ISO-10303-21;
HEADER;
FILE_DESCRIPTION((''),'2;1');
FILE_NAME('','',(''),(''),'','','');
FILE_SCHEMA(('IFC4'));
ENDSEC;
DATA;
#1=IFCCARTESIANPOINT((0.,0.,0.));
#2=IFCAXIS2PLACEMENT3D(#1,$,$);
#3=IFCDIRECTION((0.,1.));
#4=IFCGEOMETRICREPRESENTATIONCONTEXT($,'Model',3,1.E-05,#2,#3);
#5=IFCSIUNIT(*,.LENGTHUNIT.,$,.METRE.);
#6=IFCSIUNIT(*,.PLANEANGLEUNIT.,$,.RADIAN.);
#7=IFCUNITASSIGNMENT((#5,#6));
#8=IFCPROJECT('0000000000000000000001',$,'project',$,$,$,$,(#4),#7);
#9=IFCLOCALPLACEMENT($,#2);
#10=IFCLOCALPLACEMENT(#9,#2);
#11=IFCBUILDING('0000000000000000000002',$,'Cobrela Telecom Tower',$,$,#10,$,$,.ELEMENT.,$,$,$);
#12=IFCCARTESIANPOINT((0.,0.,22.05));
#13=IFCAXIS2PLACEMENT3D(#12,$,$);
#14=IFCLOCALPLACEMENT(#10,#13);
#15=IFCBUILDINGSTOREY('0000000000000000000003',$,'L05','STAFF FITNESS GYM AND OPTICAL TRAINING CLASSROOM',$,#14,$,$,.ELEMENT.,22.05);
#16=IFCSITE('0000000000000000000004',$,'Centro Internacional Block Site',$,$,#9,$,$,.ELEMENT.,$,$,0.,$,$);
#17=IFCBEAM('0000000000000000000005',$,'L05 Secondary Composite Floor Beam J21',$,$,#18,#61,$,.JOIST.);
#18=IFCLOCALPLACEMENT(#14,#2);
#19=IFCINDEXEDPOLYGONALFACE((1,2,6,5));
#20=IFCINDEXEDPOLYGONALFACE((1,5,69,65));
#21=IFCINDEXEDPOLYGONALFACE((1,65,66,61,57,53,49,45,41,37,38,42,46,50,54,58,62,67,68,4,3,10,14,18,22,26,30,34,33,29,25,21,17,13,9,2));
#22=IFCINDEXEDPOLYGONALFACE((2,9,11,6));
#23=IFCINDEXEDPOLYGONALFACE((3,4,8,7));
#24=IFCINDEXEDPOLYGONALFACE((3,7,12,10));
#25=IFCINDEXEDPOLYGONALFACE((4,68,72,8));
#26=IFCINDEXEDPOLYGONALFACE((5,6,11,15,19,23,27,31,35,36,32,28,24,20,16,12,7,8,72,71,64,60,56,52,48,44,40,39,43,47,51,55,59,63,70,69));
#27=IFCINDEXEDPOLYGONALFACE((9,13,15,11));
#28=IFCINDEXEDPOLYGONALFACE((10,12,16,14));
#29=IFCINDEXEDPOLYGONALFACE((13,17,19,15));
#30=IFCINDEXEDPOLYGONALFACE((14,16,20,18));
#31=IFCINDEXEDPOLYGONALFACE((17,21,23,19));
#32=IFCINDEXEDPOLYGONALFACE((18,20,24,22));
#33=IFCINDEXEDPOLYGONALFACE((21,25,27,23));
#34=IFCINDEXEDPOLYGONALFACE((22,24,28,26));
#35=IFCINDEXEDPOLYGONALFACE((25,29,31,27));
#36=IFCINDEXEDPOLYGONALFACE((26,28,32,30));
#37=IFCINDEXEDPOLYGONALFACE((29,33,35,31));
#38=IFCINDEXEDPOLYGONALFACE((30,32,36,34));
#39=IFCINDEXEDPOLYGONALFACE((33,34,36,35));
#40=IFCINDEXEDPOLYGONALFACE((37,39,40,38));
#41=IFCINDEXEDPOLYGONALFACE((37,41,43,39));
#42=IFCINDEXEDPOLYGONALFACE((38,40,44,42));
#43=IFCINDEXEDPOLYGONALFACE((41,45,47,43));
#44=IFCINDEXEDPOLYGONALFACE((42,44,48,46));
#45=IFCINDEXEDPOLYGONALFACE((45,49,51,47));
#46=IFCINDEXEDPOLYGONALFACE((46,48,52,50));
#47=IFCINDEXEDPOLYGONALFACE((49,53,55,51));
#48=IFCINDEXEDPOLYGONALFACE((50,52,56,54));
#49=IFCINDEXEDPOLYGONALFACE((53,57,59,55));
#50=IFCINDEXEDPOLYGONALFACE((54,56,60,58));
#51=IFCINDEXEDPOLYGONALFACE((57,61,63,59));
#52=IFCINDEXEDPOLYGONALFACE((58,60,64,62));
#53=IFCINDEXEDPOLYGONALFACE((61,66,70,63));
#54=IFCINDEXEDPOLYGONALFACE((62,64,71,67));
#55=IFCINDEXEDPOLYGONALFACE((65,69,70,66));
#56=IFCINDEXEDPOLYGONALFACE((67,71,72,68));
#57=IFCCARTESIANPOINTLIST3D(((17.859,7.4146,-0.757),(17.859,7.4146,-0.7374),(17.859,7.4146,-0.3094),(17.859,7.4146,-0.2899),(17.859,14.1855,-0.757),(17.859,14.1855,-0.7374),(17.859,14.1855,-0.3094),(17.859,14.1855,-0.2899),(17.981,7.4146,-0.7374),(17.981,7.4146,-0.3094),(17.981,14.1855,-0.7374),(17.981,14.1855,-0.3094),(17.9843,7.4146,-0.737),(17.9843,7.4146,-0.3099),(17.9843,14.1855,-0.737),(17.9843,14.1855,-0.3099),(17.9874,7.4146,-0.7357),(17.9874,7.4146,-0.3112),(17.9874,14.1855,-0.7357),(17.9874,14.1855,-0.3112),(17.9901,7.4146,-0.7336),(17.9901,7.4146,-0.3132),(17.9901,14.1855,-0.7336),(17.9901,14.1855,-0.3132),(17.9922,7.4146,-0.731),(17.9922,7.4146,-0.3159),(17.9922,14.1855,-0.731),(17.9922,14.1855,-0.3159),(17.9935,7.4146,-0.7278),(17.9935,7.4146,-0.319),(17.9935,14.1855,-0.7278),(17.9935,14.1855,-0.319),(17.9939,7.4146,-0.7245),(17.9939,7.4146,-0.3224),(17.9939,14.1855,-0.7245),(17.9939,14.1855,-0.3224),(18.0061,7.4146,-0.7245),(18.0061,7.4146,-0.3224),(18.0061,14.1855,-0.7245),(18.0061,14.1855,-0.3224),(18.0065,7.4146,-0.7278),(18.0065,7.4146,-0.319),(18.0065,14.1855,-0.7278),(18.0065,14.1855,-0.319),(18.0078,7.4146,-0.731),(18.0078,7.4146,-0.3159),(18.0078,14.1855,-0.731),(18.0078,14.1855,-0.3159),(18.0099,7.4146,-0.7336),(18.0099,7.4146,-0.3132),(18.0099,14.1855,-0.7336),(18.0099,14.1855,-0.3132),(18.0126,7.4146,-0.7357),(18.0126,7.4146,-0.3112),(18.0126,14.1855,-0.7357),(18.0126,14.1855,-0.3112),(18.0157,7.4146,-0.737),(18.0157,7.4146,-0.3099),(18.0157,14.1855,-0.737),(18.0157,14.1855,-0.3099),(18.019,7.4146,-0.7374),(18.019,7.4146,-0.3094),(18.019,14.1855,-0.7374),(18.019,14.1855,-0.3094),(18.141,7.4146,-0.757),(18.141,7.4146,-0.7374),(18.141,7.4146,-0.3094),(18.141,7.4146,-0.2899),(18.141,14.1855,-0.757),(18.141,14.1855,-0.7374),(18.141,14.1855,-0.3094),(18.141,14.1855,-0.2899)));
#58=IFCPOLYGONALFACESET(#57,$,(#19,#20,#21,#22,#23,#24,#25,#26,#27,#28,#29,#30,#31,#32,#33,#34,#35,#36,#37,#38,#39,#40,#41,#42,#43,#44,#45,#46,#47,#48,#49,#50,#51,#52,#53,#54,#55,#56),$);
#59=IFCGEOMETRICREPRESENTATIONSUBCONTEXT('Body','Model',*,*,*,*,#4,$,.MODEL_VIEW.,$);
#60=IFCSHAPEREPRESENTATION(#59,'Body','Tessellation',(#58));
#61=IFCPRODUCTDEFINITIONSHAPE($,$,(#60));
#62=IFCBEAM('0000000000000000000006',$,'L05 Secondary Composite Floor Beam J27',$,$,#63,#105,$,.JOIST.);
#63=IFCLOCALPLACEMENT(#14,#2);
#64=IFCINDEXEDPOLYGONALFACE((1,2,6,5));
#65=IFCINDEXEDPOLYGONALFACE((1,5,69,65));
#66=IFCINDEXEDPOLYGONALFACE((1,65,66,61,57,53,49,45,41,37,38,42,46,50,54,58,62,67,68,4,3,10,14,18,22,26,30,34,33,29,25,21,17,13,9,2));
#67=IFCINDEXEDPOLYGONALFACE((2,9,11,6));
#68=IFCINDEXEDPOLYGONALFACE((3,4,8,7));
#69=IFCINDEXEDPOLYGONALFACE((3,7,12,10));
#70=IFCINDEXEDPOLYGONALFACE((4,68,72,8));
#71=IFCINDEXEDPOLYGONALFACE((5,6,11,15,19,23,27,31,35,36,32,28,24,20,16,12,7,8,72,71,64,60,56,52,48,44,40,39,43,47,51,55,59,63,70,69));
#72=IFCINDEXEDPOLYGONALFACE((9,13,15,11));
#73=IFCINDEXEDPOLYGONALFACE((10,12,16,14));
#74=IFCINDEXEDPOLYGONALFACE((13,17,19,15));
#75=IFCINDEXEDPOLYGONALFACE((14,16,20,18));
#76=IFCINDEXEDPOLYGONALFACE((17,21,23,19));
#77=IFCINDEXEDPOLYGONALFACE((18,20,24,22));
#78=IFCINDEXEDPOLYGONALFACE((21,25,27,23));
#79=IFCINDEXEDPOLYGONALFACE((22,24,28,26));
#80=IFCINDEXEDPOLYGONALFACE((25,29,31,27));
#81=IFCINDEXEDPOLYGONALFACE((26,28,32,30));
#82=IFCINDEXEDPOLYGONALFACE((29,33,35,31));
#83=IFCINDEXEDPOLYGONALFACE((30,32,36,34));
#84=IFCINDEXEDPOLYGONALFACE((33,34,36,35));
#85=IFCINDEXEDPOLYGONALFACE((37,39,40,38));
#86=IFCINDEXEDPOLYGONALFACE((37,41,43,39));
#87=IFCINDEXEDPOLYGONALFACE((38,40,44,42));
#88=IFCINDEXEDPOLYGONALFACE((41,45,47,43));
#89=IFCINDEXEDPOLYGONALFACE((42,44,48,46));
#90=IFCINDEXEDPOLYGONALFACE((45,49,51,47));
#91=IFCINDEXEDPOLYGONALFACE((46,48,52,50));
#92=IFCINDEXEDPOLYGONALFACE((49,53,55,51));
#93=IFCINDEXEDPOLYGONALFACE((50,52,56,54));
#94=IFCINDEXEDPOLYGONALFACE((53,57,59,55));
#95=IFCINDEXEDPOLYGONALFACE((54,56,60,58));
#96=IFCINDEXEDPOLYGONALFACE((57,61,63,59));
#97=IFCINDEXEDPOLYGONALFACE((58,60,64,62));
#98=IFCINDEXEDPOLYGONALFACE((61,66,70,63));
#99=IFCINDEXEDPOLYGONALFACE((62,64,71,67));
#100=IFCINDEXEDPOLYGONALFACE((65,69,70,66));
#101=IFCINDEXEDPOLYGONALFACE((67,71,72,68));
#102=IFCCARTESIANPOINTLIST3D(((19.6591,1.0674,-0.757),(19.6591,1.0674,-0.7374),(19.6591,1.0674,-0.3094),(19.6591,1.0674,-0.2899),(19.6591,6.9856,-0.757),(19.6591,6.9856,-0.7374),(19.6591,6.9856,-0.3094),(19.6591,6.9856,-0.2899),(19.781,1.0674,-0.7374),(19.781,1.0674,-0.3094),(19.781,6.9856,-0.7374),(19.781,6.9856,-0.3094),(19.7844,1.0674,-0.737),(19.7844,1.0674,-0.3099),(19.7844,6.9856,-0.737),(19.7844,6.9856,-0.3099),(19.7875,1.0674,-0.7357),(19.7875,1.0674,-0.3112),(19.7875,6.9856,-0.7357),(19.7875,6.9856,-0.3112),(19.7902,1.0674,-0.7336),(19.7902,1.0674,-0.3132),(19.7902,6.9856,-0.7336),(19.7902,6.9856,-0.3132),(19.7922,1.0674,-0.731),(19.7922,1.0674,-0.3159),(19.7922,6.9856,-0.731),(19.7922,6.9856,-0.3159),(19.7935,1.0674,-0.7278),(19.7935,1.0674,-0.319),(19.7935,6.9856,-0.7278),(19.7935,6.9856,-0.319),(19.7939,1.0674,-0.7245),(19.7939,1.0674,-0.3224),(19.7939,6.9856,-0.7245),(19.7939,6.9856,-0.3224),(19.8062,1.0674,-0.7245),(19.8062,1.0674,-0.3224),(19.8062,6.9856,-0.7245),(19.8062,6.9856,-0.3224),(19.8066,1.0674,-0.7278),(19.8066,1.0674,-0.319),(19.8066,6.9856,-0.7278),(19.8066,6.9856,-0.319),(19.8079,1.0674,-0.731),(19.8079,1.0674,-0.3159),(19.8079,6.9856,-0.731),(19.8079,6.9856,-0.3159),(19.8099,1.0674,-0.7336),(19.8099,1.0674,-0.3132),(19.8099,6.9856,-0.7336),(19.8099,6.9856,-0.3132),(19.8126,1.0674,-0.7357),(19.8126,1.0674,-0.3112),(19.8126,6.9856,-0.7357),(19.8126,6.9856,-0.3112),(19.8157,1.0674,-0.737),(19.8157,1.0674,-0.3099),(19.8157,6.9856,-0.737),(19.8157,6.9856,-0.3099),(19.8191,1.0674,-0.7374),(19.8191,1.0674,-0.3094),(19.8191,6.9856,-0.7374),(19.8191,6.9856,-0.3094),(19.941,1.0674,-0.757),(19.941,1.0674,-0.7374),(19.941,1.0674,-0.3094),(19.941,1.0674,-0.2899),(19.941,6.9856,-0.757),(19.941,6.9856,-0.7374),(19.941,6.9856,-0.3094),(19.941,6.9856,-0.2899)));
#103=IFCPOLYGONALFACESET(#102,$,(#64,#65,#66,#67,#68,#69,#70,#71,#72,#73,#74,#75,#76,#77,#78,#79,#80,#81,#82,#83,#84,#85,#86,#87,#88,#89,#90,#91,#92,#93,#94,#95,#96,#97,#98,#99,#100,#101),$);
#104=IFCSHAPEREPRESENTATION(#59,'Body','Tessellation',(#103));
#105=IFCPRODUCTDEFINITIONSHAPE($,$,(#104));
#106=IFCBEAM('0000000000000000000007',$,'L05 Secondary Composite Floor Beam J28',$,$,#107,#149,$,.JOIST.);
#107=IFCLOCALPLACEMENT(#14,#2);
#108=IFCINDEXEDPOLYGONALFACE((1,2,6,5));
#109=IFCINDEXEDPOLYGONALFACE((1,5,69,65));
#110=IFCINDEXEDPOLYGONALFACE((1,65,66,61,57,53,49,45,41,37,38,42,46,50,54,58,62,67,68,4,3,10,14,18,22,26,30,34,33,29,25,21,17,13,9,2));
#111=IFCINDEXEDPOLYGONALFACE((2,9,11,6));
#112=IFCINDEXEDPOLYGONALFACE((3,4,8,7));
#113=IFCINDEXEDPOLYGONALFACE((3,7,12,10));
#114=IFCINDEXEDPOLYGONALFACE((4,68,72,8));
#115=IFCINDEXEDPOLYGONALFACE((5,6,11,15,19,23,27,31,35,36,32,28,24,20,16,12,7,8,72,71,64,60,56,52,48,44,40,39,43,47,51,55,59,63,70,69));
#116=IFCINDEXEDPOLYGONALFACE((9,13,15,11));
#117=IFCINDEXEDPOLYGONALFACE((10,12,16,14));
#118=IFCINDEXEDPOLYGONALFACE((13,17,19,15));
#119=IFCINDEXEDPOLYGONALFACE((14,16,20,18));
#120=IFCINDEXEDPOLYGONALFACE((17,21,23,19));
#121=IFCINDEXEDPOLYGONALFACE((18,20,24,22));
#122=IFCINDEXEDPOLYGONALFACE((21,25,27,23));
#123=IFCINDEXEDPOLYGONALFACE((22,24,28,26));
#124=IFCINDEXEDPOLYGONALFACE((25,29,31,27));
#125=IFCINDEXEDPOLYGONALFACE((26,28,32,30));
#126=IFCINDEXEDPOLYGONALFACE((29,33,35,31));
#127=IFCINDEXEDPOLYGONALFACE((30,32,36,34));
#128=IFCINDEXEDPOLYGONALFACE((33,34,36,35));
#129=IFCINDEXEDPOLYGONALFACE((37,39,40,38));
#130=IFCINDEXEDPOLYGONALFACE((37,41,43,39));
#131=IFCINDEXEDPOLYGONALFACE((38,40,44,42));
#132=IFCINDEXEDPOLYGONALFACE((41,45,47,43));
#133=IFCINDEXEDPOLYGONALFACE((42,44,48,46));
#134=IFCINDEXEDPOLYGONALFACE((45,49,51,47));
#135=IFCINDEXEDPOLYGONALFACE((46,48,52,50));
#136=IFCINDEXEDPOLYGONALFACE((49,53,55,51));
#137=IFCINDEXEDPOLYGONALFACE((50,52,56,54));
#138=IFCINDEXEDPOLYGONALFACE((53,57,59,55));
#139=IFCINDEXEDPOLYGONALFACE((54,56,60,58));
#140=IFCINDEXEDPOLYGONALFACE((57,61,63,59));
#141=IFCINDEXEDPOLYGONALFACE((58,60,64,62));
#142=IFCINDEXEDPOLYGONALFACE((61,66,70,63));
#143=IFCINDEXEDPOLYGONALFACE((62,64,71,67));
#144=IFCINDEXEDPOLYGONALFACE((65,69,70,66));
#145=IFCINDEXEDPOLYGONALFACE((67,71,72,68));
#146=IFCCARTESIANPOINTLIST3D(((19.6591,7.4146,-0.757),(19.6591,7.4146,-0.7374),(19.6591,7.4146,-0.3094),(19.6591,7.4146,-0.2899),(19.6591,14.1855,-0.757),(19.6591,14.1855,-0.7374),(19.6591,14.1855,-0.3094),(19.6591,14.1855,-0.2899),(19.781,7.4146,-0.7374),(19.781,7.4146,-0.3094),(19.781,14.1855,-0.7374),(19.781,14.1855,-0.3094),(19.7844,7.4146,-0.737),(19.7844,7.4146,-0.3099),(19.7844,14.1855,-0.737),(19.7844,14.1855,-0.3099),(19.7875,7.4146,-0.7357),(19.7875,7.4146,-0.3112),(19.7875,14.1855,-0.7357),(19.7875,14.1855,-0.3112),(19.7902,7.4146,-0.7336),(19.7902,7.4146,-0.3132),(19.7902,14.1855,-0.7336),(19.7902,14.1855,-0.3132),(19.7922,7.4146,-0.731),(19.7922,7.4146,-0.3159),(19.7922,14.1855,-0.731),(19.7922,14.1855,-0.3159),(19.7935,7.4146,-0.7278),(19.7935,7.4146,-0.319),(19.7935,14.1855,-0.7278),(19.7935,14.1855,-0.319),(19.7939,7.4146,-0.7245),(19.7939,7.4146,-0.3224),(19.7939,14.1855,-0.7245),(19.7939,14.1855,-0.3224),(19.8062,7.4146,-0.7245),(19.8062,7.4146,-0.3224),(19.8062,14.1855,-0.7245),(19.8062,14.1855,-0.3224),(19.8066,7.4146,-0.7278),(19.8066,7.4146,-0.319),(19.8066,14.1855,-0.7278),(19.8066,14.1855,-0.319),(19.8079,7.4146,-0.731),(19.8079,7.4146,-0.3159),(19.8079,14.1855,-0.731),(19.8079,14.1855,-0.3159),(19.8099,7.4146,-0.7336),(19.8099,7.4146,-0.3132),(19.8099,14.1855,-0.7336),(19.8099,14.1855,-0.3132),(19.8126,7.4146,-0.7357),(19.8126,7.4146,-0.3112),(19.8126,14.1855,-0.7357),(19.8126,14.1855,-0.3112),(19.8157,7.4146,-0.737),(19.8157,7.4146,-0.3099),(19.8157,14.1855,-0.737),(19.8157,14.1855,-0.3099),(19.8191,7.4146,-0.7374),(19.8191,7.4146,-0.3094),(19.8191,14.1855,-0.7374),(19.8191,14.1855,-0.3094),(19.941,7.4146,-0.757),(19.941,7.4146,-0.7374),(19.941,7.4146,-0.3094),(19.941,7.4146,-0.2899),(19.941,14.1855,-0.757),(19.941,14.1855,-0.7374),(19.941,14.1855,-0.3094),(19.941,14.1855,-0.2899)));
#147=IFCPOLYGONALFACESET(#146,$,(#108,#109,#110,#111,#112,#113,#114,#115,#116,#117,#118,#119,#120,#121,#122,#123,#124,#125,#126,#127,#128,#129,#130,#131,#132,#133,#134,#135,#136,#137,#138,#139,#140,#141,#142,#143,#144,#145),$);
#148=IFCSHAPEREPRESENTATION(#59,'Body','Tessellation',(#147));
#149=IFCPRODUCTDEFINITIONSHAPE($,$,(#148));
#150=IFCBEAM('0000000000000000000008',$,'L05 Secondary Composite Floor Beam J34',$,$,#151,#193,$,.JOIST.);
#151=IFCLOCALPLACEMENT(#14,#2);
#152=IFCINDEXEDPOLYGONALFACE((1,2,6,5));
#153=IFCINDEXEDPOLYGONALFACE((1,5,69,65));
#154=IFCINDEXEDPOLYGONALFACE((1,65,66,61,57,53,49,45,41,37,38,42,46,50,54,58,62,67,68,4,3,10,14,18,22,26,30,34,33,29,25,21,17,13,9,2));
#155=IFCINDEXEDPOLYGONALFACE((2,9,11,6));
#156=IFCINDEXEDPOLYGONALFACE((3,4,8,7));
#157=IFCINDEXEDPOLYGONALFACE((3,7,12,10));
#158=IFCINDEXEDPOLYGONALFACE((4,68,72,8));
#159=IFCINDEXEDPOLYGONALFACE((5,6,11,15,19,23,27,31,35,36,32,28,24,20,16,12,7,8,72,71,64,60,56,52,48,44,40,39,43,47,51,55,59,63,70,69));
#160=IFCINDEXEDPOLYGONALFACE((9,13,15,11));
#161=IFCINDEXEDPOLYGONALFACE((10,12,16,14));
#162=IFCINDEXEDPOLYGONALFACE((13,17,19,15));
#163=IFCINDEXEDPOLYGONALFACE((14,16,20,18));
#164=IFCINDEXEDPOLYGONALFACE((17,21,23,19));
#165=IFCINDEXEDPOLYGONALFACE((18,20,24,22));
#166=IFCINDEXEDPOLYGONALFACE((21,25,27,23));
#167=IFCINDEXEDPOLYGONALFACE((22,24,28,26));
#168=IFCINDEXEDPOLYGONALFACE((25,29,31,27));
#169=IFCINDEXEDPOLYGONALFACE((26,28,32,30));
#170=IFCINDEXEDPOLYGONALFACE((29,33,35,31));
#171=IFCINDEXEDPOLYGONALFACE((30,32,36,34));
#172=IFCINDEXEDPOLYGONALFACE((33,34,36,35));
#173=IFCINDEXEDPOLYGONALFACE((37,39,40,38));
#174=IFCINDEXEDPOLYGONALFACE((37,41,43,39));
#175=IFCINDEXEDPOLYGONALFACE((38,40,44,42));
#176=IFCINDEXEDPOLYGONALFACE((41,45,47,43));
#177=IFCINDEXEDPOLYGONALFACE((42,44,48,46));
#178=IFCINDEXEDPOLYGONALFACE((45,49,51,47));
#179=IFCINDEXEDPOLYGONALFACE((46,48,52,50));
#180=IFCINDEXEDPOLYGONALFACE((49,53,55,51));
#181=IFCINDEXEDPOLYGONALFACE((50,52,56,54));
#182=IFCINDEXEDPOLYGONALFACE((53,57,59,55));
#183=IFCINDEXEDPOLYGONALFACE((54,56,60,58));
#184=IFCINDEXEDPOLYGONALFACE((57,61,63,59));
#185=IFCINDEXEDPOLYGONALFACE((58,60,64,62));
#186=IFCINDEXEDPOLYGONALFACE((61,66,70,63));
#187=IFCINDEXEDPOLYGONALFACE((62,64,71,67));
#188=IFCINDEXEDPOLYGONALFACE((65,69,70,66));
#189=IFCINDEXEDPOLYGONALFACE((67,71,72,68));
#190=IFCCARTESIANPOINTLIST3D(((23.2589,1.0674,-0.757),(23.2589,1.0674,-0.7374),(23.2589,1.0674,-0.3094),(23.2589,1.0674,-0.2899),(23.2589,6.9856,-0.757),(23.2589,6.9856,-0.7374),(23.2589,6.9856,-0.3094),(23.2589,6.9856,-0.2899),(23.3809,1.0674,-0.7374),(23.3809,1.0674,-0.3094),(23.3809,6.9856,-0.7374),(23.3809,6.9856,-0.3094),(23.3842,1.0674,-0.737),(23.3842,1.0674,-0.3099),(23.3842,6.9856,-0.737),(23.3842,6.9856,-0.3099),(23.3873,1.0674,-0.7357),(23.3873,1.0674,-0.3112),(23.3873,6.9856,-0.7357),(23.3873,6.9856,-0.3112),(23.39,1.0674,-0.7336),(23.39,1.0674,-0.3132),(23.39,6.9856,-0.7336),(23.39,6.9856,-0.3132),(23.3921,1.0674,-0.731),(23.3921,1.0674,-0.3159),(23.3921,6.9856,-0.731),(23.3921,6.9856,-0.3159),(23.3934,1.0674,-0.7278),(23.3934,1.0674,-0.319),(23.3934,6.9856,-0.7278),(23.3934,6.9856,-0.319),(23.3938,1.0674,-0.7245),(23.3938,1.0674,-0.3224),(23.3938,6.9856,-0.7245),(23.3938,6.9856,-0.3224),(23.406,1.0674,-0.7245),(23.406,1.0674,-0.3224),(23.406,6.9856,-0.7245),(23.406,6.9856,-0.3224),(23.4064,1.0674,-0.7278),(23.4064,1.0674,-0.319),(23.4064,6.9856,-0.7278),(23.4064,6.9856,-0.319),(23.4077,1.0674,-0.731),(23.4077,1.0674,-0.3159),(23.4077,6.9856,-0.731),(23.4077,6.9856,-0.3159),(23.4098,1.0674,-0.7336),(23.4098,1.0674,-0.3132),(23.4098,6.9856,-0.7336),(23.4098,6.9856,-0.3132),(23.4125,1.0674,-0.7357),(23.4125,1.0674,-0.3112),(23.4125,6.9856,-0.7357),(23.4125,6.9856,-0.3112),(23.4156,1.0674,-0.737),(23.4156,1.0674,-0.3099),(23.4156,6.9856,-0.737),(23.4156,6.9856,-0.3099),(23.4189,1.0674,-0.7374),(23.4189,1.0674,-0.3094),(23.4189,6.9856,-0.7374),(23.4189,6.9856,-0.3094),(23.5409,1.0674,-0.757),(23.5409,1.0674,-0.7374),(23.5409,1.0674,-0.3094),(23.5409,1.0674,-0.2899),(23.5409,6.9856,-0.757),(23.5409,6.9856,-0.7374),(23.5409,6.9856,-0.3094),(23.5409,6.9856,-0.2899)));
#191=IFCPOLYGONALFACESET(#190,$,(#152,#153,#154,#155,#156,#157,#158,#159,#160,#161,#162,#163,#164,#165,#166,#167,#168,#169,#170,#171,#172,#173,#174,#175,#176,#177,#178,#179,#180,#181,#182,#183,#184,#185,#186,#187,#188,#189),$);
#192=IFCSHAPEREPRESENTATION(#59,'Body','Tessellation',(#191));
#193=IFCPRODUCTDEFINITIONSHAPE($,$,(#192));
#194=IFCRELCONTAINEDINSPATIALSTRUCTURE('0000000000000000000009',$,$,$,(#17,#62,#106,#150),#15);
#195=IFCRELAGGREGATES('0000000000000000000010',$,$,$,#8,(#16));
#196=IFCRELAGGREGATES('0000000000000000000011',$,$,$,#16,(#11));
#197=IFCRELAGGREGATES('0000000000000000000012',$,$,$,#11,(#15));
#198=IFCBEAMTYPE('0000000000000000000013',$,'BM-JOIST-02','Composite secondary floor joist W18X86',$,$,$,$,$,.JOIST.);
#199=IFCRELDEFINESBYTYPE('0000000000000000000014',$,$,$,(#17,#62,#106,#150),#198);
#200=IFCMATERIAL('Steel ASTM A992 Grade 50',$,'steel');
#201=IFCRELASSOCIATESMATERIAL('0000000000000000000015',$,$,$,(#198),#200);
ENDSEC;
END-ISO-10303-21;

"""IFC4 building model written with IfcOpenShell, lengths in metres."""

from ifc_helpers import new_model, si_unit, direction, frame, origin, origin_2d, place, context, subcontext, project, spatial, i_section, extrude, material, material_profile, profile_set, type_object, element, save


model = new_model("IFC4")

# Units and contexts
model_context = context("Model", 3, precision=1e-05, world=origin(), true_north=direction((0.0, 1.0)))
body_context = subcontext(model_context, "Body", "Model", "MODEL_VIEW")
ifc_project = project(units=[si_unit("LENGTHUNIT", "METRE"), si_unit("PLANEANGLEUNIT", "RADIAN")], contexts=[model_context])

# Site, building, storey
site_placement = place(None, origin())
site = spatial("IfcSite", under=ifc_project, at=site_placement, Name="Centro Internacional Block Site", CompositionType="ELEMENT", RefElevation=0.0)
building_placement = place(site_placement, origin())
building = spatial("IfcBuilding", under=site, at=building_placement, Name="Cobrela Telecom Tower", CompositionType="ELEMENT")
storey_placement = place(building_placement, frame((0.0, 0.0, 22.05)))
storey = spatial("IfcBuildingStorey", under=building, at=storey_placement, Name="L05", Description="STAFF FITNESS GYM AND OPTICAL TRAINING CLASSROOM", CompositionType="ELEMENT", Elevation=22.05)

# Beams
ifc_material_1 = material(Name="Steel ASTM A992 Grade 50", Category="steel")
ifc_material_profile_1 = material_profile(ifc_material_1, i_section(OverallWidth=0.282, OverallDepth=0.467, WebThickness=0.0122, FlangeThickness=0.0195, FilletRadius=0.0129, at=origin_2d()), Name="W18X86")
ifc_profile_set_1 = profile_set([ifc_material_profile_1], Name="Steel ASTM A992 Grade 50")
beam_type_1 = type_object("IfcBeamType", Name="BM-JOIST-02", Description="Composite secondary floor joist W18X86", PredefinedType="JOIST", material=ifc_profile_set_1)
beam_1_placement = place(storey_placement, frame((18.0, 7.4146, -0.5234), z_axis=(0.0, 1.0, 0.0), x_axis=(-1.0, 0.0, 0.0)))
element("IfcBeam", 1, at=beam_1_placement, inside=storey, type_object=beam_type_1, Name="L05 Secondary Composite Floor Beam J21", PredefinedType="JOIST", context=body_context, shape_type="SweptSolid", body=[
    extrude(i_section(OverallWidth=0.282, OverallDepth=0.467, WebThickness=0.0122, FlangeThickness=0.0195, FilletRadius=0.0129, at=origin_2d()), origin(), (0.0, 0.0, 1.0), 6.771),
])
beam_2_placement = place(storey_placement, frame((19.8, 1.0674, -0.5234), z_axis=(0.0, 1.0, 0.0), x_axis=(-1.0, 0.0, 0.0)))
element("IfcBeam", 2, at=beam_2_placement, inside=storey, type_object=beam_type_1, Name="L05 Secondary Composite Floor Beam J27", PredefinedType="JOIST", context=body_context, shape_type="SweptSolid", body=[
    extrude(i_section(OverallWidth=0.282, OverallDepth=0.467, WebThickness=0.0122, FlangeThickness=0.0195, FilletRadius=0.0129, at=origin_2d()), origin(), (0.0, 0.0, 1.0), 5.9182),
])
beam_3_placement = place(storey_placement, frame((19.8, 7.4146, -0.5234), z_axis=(0.0, 1.0, 0.0), x_axis=(-1.0, 0.0, 0.0)))
element("IfcBeam", 3, at=beam_3_placement, inside=storey, type_object=beam_type_1, Name="L05 Secondary Composite Floor Beam J28", PredefinedType="JOIST", context=body_context, shape_type="SweptSolid", body=[
    extrude(i_section(OverallWidth=0.282, OverallDepth=0.467, WebThickness=0.0122, FlangeThickness=0.0195, FilletRadius=0.0129, at=origin_2d()), origin(), (0.0, 0.0, 1.0), 6.771),
])
beam_4_placement = place(storey_placement, frame((23.3999, 1.0674, -0.5234), z_axis=(0.0, 1.0, 0.0), x_axis=(-1.0, 0.0, 0.0)))
element("IfcBeam", 4, at=beam_4_placement, inside=storey, type_object=beam_type_1, Name="L05 Secondary Composite Floor Beam J34", PredefinedType="JOIST", context=body_context, shape_type="SweptSolid", body=[
    extrude(i_section(OverallWidth=0.282, OverallDepth=0.467, WebThickness=0.0122, FlangeThickness=0.0195, FilletRadius=0.0129, at=origin_2d()), origin(), (0.0, 0.0, 1.0), 5.9182),
])

save(model, "model.ifc")
